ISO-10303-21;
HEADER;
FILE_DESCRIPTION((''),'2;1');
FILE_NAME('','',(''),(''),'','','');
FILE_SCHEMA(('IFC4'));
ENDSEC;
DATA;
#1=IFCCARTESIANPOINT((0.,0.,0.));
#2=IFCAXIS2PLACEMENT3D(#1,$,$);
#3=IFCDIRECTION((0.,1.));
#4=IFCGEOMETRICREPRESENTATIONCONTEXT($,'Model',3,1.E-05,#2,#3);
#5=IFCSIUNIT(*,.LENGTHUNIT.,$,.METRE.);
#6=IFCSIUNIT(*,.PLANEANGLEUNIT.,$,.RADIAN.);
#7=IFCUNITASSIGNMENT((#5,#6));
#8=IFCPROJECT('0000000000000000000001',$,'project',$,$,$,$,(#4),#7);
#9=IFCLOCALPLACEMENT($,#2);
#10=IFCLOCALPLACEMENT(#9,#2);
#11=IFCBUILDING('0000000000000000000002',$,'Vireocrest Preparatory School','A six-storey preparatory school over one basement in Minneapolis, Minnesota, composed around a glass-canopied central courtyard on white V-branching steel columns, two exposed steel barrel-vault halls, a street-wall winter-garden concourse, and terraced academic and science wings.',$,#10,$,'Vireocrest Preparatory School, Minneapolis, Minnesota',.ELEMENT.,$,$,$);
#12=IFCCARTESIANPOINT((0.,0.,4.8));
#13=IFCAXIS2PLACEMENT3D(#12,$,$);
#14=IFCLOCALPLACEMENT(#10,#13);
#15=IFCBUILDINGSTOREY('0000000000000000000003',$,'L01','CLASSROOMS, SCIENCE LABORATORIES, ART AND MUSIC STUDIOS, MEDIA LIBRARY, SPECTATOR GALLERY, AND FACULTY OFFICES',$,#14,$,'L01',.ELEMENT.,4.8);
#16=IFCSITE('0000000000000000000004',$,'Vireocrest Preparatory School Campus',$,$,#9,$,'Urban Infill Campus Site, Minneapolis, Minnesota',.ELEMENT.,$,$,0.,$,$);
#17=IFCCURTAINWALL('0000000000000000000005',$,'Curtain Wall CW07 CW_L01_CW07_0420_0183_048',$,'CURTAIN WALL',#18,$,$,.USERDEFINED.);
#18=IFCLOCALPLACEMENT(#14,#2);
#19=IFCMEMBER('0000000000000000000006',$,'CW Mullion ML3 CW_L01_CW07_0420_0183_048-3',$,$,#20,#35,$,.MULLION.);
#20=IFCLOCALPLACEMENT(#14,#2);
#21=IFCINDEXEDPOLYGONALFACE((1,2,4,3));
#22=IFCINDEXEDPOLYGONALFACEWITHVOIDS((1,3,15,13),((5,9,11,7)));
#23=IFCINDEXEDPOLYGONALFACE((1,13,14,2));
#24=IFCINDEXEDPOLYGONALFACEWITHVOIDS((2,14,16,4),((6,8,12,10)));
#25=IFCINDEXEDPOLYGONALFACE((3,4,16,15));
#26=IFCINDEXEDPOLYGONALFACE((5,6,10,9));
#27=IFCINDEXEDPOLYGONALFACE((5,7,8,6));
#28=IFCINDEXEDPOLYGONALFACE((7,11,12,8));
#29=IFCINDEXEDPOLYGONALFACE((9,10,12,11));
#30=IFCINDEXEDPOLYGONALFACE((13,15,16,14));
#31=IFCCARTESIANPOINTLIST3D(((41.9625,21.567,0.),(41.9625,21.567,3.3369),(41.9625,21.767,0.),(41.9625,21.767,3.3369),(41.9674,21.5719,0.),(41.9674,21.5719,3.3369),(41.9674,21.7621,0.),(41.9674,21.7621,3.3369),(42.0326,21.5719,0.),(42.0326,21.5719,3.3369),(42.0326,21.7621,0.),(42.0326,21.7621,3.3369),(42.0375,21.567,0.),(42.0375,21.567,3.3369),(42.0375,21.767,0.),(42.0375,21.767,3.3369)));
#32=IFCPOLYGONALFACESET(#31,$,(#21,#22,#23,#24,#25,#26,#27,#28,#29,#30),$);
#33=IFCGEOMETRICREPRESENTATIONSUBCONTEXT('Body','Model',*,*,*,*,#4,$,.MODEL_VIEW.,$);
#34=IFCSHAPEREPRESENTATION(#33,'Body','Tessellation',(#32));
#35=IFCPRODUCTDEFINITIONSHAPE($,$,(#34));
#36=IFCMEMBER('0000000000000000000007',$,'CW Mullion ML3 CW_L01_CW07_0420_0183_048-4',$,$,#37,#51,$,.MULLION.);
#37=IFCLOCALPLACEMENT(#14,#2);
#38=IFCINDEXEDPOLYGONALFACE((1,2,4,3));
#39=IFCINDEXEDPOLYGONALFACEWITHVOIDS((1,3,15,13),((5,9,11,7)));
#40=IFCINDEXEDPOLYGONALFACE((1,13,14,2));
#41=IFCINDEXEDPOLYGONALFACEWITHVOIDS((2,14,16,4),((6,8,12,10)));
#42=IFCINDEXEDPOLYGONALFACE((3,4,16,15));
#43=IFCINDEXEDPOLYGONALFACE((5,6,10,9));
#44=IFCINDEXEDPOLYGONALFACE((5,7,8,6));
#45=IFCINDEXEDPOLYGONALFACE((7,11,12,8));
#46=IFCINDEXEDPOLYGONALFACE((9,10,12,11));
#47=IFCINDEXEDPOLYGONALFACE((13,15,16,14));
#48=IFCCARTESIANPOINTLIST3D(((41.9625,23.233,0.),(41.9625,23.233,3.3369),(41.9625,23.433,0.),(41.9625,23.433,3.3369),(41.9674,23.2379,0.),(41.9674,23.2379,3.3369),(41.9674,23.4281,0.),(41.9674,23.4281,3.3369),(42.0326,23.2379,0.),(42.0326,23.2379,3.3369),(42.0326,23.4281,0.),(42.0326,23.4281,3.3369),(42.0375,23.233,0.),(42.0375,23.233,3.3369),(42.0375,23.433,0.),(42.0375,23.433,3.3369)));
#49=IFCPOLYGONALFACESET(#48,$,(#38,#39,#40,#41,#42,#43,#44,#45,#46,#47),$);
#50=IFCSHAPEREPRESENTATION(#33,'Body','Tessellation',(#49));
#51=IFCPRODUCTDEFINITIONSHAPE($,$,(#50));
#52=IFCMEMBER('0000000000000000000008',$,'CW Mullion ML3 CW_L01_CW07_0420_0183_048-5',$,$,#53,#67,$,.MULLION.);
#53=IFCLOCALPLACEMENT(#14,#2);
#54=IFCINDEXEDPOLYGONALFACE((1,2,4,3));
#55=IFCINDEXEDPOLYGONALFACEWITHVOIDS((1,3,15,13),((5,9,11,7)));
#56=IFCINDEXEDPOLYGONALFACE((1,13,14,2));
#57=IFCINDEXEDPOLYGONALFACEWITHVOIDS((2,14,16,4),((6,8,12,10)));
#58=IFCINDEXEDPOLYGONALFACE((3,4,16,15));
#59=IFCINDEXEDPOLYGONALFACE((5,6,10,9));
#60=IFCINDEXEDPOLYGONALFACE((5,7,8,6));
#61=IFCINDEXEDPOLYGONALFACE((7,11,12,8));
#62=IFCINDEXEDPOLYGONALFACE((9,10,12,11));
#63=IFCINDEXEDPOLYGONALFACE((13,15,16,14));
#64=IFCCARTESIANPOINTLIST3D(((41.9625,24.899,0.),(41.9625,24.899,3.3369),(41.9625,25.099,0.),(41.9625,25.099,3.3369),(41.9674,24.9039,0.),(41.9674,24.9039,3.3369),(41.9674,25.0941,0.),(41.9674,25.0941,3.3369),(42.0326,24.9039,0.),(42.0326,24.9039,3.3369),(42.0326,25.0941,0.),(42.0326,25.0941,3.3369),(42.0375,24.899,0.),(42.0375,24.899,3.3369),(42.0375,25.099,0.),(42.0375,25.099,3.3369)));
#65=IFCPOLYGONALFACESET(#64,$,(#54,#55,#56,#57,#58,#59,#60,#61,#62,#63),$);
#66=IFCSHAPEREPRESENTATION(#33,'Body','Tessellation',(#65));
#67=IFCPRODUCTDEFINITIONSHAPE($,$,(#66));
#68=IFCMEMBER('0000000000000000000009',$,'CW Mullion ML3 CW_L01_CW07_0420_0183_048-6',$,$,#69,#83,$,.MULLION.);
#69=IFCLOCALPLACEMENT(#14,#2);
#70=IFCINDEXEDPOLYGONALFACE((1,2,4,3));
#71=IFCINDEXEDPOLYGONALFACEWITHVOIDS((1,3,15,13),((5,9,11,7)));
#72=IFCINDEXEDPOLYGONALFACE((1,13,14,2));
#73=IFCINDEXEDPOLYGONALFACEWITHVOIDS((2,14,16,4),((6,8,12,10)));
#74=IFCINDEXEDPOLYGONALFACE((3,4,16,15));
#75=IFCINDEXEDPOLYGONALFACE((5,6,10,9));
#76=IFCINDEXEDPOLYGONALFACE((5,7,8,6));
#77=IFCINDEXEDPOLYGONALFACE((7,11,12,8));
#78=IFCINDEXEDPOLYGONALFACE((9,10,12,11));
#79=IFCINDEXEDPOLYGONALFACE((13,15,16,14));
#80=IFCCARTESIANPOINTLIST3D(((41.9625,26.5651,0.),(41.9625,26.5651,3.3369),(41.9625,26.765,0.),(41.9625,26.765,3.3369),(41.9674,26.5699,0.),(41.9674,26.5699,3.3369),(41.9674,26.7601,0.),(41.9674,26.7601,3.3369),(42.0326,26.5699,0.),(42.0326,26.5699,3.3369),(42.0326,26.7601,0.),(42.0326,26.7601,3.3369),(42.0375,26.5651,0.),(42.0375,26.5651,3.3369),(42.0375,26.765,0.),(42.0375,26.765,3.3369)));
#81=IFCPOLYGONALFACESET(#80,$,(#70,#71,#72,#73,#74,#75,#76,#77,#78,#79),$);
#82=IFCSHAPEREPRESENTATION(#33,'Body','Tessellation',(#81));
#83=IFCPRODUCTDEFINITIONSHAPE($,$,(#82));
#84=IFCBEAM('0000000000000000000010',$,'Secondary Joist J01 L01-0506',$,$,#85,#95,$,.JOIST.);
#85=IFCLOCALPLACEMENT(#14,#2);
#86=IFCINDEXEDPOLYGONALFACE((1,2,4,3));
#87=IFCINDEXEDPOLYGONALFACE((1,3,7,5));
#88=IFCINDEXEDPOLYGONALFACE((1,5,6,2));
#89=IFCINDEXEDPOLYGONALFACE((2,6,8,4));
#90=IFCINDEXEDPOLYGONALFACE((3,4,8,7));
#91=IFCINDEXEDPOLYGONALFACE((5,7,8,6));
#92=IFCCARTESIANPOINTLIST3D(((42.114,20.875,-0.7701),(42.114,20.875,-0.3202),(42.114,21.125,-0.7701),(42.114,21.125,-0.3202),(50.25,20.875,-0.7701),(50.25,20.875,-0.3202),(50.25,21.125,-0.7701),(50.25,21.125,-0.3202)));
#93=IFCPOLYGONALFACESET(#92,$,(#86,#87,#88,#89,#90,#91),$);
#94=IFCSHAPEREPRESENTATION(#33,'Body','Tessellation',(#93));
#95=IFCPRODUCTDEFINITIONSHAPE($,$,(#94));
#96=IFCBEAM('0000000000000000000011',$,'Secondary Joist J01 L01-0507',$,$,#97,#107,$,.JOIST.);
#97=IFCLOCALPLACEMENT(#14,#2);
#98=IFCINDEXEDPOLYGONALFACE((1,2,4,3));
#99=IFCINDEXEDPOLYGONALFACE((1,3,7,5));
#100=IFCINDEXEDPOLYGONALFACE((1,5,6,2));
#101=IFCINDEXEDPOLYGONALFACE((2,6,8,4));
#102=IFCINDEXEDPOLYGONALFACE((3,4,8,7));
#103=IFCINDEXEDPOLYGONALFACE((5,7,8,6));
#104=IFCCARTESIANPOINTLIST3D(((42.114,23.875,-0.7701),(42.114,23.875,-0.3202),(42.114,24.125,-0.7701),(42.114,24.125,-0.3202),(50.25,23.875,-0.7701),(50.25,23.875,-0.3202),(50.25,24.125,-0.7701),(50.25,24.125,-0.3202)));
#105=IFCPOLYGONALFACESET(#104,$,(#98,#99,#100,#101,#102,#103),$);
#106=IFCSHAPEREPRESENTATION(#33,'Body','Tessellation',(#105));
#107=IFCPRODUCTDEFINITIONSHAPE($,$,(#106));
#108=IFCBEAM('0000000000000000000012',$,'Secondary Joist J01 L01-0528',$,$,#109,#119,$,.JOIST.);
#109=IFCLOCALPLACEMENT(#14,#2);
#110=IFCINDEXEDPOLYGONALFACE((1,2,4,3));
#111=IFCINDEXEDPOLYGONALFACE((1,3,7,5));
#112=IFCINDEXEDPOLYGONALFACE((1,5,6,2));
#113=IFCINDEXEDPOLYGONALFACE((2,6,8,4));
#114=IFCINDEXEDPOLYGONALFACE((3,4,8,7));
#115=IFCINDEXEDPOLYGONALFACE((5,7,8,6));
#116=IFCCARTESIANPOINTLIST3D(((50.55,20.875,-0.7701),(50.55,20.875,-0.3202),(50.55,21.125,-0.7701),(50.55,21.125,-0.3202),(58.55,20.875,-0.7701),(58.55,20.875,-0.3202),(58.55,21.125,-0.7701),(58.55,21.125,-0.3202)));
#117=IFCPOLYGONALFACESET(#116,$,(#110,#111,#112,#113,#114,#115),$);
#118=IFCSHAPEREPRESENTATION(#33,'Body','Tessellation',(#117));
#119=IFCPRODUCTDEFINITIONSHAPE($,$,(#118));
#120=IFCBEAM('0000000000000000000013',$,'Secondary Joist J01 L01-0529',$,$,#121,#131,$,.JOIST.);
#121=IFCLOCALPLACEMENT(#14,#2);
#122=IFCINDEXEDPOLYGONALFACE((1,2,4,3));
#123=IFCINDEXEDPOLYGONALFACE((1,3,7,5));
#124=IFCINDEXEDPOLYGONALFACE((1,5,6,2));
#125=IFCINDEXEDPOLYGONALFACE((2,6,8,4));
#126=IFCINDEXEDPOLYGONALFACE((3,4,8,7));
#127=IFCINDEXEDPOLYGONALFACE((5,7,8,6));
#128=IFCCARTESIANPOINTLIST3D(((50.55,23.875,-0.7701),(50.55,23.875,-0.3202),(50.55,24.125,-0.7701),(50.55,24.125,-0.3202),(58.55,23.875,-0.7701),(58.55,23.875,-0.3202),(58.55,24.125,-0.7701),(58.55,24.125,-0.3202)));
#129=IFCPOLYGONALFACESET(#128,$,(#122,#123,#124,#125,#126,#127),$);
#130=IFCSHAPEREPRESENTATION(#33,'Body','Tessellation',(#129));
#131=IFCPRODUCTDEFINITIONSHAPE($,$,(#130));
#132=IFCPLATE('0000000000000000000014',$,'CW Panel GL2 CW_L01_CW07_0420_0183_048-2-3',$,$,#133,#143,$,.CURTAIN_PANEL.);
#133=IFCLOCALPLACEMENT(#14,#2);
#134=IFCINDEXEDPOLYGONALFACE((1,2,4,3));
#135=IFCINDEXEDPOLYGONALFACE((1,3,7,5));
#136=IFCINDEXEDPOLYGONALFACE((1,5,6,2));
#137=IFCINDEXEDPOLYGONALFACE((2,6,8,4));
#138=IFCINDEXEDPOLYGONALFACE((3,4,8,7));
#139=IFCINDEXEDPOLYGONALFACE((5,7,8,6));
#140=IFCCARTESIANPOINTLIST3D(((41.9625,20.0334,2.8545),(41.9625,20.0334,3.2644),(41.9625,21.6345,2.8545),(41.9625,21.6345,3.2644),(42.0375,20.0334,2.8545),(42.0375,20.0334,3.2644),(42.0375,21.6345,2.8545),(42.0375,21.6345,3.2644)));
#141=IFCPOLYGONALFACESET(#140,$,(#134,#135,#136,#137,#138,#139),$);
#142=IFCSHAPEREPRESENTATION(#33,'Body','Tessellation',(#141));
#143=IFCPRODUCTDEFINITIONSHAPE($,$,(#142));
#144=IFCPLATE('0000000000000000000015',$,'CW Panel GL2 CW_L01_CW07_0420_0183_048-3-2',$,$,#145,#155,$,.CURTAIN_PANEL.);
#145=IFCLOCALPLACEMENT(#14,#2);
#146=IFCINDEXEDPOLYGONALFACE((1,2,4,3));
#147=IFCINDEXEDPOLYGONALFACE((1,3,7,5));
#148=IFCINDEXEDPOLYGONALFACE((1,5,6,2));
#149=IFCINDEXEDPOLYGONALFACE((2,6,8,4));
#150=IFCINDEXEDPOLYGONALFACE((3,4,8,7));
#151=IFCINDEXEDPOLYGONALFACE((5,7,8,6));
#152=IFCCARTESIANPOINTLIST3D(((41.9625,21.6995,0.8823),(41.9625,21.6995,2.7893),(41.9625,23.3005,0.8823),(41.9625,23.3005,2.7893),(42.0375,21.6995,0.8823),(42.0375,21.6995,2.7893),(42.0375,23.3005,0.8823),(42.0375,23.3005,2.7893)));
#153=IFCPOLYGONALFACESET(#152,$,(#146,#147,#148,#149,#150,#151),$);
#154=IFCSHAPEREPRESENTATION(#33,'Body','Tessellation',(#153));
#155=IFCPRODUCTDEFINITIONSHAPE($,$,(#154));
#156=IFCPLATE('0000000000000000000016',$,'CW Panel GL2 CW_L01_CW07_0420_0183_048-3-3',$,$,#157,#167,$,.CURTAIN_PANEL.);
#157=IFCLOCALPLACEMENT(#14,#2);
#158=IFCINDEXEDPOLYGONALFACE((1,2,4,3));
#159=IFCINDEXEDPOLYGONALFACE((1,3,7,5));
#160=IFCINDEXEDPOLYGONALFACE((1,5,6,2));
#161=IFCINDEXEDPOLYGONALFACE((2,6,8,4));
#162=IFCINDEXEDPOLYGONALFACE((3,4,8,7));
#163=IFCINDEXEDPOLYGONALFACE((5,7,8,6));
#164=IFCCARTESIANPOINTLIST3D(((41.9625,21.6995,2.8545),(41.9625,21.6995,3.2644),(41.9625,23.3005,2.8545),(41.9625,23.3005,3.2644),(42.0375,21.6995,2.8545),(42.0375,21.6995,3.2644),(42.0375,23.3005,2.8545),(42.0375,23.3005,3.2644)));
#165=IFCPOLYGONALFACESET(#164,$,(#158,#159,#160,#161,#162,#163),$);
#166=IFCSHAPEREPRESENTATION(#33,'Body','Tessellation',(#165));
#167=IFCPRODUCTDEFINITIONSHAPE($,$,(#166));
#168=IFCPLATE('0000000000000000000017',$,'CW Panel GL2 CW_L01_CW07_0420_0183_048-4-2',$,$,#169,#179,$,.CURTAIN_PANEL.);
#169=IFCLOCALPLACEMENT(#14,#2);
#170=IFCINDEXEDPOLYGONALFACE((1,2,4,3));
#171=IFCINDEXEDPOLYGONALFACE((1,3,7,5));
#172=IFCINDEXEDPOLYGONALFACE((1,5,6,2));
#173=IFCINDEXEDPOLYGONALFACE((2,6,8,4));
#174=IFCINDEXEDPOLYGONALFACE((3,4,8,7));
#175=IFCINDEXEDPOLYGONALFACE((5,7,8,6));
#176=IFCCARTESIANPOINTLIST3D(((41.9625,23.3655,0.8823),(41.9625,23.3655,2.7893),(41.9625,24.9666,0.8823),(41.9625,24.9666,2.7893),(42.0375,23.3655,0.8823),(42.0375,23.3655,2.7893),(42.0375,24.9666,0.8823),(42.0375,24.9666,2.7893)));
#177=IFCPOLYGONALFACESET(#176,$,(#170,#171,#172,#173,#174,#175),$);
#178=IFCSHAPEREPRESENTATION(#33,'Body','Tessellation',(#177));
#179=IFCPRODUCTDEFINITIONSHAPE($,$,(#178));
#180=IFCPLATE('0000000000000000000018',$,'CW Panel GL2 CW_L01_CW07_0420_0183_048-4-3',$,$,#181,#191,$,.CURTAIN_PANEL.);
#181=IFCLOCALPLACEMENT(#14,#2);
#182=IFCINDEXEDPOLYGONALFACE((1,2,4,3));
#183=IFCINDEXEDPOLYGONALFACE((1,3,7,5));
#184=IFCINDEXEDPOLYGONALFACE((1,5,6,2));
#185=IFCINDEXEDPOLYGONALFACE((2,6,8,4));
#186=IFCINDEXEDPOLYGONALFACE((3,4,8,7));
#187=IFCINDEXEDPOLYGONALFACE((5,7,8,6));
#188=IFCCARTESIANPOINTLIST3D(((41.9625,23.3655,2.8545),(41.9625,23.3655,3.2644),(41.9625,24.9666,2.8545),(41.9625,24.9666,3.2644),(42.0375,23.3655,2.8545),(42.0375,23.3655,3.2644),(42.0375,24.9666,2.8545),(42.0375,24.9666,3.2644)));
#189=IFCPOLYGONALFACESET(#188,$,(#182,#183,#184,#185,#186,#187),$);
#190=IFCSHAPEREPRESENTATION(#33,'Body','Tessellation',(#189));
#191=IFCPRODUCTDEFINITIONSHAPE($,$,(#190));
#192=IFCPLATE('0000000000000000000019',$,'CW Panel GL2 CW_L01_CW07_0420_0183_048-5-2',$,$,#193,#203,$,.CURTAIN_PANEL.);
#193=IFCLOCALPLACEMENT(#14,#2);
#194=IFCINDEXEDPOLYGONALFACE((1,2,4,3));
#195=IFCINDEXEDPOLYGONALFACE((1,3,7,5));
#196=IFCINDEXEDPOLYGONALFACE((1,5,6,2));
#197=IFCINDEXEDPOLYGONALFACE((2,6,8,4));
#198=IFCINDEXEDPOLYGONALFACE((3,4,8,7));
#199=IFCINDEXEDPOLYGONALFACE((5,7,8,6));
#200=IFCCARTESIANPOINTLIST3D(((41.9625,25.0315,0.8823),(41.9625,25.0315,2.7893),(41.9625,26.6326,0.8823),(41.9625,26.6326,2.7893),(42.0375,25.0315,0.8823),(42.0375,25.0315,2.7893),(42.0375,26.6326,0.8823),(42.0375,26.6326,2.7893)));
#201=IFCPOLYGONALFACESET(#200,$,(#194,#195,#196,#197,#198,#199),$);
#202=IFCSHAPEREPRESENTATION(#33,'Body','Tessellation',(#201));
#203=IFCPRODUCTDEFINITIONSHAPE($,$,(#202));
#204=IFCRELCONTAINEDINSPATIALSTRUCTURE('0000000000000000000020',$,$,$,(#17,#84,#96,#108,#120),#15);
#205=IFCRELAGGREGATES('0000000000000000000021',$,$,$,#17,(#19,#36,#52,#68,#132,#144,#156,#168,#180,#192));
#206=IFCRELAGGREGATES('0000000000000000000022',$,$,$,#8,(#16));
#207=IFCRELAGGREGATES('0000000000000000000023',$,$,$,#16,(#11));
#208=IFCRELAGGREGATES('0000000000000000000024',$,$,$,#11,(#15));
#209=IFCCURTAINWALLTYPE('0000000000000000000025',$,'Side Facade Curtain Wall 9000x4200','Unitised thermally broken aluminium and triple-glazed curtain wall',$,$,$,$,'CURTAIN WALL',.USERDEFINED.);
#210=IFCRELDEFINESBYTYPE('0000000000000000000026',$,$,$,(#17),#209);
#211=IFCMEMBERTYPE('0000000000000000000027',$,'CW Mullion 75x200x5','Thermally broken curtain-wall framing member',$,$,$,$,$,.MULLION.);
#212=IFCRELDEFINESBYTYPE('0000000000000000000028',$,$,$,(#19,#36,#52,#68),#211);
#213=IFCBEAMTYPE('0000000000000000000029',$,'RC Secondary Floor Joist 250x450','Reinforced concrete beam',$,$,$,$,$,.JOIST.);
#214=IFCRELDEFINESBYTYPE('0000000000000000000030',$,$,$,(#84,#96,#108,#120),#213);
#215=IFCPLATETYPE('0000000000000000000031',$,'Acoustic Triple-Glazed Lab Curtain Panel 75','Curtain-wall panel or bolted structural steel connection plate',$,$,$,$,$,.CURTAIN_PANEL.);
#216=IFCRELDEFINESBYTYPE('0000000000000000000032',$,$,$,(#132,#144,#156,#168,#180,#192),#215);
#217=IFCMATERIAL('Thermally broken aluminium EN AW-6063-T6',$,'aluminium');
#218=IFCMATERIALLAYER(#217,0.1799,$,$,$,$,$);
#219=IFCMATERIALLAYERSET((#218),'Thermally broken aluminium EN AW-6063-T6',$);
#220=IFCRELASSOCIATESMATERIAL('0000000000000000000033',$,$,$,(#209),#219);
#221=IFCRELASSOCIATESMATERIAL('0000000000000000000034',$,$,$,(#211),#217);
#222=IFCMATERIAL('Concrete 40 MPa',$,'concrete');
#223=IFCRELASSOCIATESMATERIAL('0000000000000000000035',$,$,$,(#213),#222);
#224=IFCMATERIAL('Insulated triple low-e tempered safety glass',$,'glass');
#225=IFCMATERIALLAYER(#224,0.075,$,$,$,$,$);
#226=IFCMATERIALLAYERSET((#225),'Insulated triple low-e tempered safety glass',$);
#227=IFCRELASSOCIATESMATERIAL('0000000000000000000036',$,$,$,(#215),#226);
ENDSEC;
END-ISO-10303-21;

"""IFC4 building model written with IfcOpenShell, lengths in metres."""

from ifc_helpers import new_model, si_unit, direction, frame, origin, origin_2d, place, context, subcontext, project, spatial, rectangle, hollow_rectangle, extrude, material, layer, layer_set, material_profile, profile_set, type_object, element, aggregate, save


model = new_model("IFC4")

# Units and contexts
model_context = context("Model", 3, precision=1e-05, world=origin(), true_north=direction((0.0, 1.0)))
body_context = subcontext(model_context, "Body", "Model", "MODEL_VIEW")
ifc_project = project(units=[si_unit("LENGTHUNIT", "METRE"), si_unit("PLANEANGLEUNIT", "RADIAN")], contexts=[model_context])

# Site, building, storey
site_placement = place(None, origin())
site = spatial("IfcSite", under=ifc_project, at=site_placement, Name="Vireocrest Preparatory School Campus", LongName="Urban Infill Campus Site, Minneapolis, Minnesota", CompositionType="ELEMENT", RefElevation=0.0)
building_placement = place(site_placement, origin())
building = spatial("IfcBuilding", under=site, at=building_placement, Name="Vireocrest Preparatory School", Description="A six-storey preparatory school over one basement in Minneapolis, Minnesota, composed around a glass-canopied central courtyard on white V-branching steel columns, two exposed steel barrel-vault halls, a street-wall winter-garden concourse, and terraced academic and science wings.", LongName="Vireocrest Preparatory School, Minneapolis, Minnesota", CompositionType="ELEMENT")
storey_placement = place(building_placement, frame((0.0, 0.0, 4.8)))
storey = spatial("IfcBuildingStorey", under=building, at=storey_placement, Name="L01", Description="CLASSROOMS, SCIENCE LABORATORIES, ART AND MUSIC STUDIOS, MEDIA LIBRARY, SPECTATOR GALLERY, AND FACULTY OFFICES", LongName="L01", CompositionType="ELEMENT", Elevation=4.8)

# Curtain wall, members
ifc_material_1 = material(Name="Thermally broken aluminium EN AW-6063-T6", Category="aluminium")
ifc_layer_1 = layer(ifc_material_1, 0.1799)
ifc_layer_set_1 = layer_set([ifc_layer_1], Name="Thermally broken aluminium EN AW-6063-T6")
curtain_wall_type = type_object("IfcCurtainWallType", Name="Side Facade Curtain Wall 9000x4200", Description="Unitised thermally broken aluminium and triple-glazed curtain wall", ElementType="CURTAIN WALL", PredefinedType="USERDEFINED", material=ifc_layer_set_1)
curtain_wall_placement = place(storey_placement, origin())
curtain_wall = element("IfcCurtainWall", 1, at=curtain_wall_placement, inside=storey, type_object=curtain_wall_type, Name="Curtain Wall CW07 CW_L01_CW07_0420_0183_048", ObjectType="CURTAIN WALL", PredefinedType="USERDEFINED")
ifc_material_profile_1 = material_profile(ifc_material_1, hollow_rectangle(XDim=0.075, YDim=0.2, WallThickness=0.0049, at=origin_2d()), Name="ALU 75x200x5")
ifc_profile_set_1 = profile_set([ifc_material_profile_1], Name="Thermally broken aluminium EN AW-6063-T6")
member_type = type_object("IfcMemberType", Name="CW Mullion 75x200x5", Description="Thermally broken curtain-wall framing member", PredefinedType="MULLION", material=ifc_profile_set_1)
member_1_placement = place(storey_placement, frame((42.0, 21.667, 0.0), z_axis=(0.0, 0.0, 1.0), x_axis=(1.0, 0.0, 0.0)))
member_1 = element("IfcMember", 2, at=member_1_placement, type_object=member_type, Name="CW Mullion ML3 CW_L01_CW07_0420_0183_048-3", PredefinedType="MULLION", context=body_context, shape_type="SweptSolid", body=[
    extrude(hollow_rectangle(XDim=0.075, YDim=0.2, WallThickness=0.0049, at=origin_2d()), origin(), (0.0, 0.0, 1.0), 3.3369),
])
member_2_placement = place(storey_placement, frame((42.0, 23.333, 0.0), z_axis=(0.0, 0.0, 1.0), x_axis=(1.0, 0.0, 0.0)))
member_2 = element("IfcMember", 3, at=member_2_placement, type_object=member_type, Name="CW Mullion ML3 CW_L01_CW07_0420_0183_048-4", PredefinedType="MULLION", context=body_context, shape_type="SweptSolid", body=[
    extrude(hollow_rectangle(XDim=0.075, YDim=0.2, WallThickness=0.0049, at=origin_2d()), origin(), (0.0, 0.0, 1.0), 3.3369),
])
member_3_placement = place(storey_placement, frame((42.0, 24.999, 0.0), z_axis=(0.0, 0.0, 1.0), x_axis=(1.0, 0.0, 0.0)))
member_3 = element("IfcMember", 4, at=member_3_placement, type_object=member_type, Name="CW Mullion ML3 CW_L01_CW07_0420_0183_048-5", PredefinedType="MULLION", context=body_context, shape_type="SweptSolid", body=[
    extrude(hollow_rectangle(XDim=0.075, YDim=0.2, WallThickness=0.0049, at=origin_2d()), origin(), (0.0, 0.0, 1.0), 3.3369),
])
member_4_placement = place(storey_placement, frame((42.0, 26.665, 0.0), z_axis=(0.0, 0.0, 1.0), x_axis=(1.0, 0.0, 0.0)))
member_4 = element("IfcMember", 5, at=member_4_placement, type_object=member_type, Name="CW Mullion ML3 CW_L01_CW07_0420_0183_048-6", PredefinedType="MULLION", context=body_context, shape_type="SweptSolid", body=[
    extrude(hollow_rectangle(XDim=0.075, YDim=0.2, WallThickness=0.0049, at=origin_2d()), origin(), (0.0, 0.0, 1.0), 3.3369),
])

# Beams
ifc_material_2 = material(Name="Concrete 40 MPa", Category="concrete")
ifc_material_profile_2 = material_profile(ifc_material_2, rectangle(XDim=0.25, YDim=0.45, at=origin_2d()), Name="RC 250x450")
ifc_profile_set_2 = profile_set([ifc_material_profile_2], Name="Concrete 40 MPa")
beam_type = type_object("IfcBeamType", Name="RC Secondary Floor Joist 250x450", Description="Reinforced concrete beam", PredefinedType="JOIST", material=ifc_profile_set_2)
for number, where, z_axis, x_axis, name in (
    (6, (42.114, 21.0, -0.5452), (1.0, 0.0, 0.0), (0.0, 1.0, 0.0), "Secondary Joist J01 L01-0506"),
    (7, (42.114, 24.0, -0.5452), (1.0, 0.0, 0.0), (0.0, 1.0, 0.0), "Secondary Joist J01 L01-0507"),
):
    element("IfcBeam", number, at=place(storey_placement, frame(where, z_axis=z_axis, x_axis=x_axis)), inside=storey, type_object=beam_type, Name=name, PredefinedType="JOIST", context=body_context, shape_type="SweptSolid", body=[
        extrude(rectangle(XDim=0.25, YDim=0.45, at=origin_2d()), origin(), (0.0, 0.0, 1.0), 8.136),
    ])
for number, where, z_axis, x_axis, name in (
    (8, (50.55, 21.0, -0.5452), (1.0, 0.0, 0.0), (0.0, 1.0, 0.0), "Secondary Joist J01 L01-0528"),
    (9, (50.55, 24.0, -0.5452), (1.0, 0.0, 0.0), (0.0, 1.0, 0.0), "Secondary Joist J01 L01-0529"),
):
    element("IfcBeam", number, at=place(storey_placement, frame(where, z_axis=z_axis, x_axis=x_axis)), inside=storey, type_object=beam_type, Name=name, PredefinedType="JOIST", context=body_context, shape_type="SweptSolid", body=[
        extrude(rectangle(XDim=0.25, YDim=0.45, at=origin_2d()), origin(), (0.0, 0.0, 1.0), 8.0),
    ])

# Plates
ifc_material_3 = material(Name="Insulated triple low-e tempered safety glass", Category="glass")
ifc_layer_2 = layer(ifc_material_3, 0.075)
ifc_layer_set_2 = layer_set([ifc_layer_2], Name="Insulated triple low-e tempered safety glass")
plate_type_1 = type_object("IfcPlateType", Name="Acoustic Triple-Glazed Lab Curtain Panel 75", Description="Curtain-wall panel or bolted structural steel connection plate", PredefinedType="CURTAIN_PANEL", material=ifc_layer_set_2)
plate_1_placement = place(storey_placement, frame((42.0, 20.834, 2.8545), z_axis=(0.0, 0.0, 1.0), x_axis=(0.0, 1.0, 0.0)))
plate_1 = element("IfcPlate", 10, at=plate_1_placement, type_object=plate_type_1, Name="CW Panel GL2 CW_L01_CW07_0420_0183_048-2-3", PredefinedType="CURTAIN_PANEL", context=body_context, shape_type="SweptSolid", body=[
    extrude(rectangle(XDim=1.6011, YDim=0.075, at=origin_2d()), origin(), (0.0, 0.0, 1.0), 0.4099),
])
plate_2_placement = place(storey_placement, frame((42.0, 22.5, 0.8823), z_axis=(0.0, 0.0, 1.0), x_axis=(0.0, 1.0, 0.0)))
plate_2 = element("IfcPlate", 11, at=plate_2_placement, type_object=plate_type_1, Name="CW Panel GL2 CW_L01_CW07_0420_0183_048-3-2", PredefinedType="CURTAIN_PANEL", context=body_context, shape_type="SweptSolid", body=[
    extrude(rectangle(XDim=1.6011, YDim=0.075, at=origin_2d()), origin(), (0.0, 0.0, 1.0), 1.907),
])
plate_3_placement = place(storey_placement, frame((42.0, 22.5, 2.8545), z_axis=(0.0, 0.0, 1.0), x_axis=(0.0, 1.0, 0.0)))
plate_3 = element("IfcPlate", 12, at=plate_3_placement, type_object=plate_type_1, Name="CW Panel GL2 CW_L01_CW07_0420_0183_048-3-3", PredefinedType="CURTAIN_PANEL", context=body_context, shape_type="SweptSolid", body=[
    extrude(rectangle(XDim=1.6011, YDim=0.075, at=origin_2d()), origin(), (0.0, 0.0, 1.0), 0.4099),
])
plate_4_placement = place(storey_placement, frame((42.0, 24.166, 0.8823), z_axis=(0.0, 0.0, 1.0), x_axis=(0.0, 1.0, 0.0)))
plate_4 = element("IfcPlate", 13, at=plate_4_placement, type_object=plate_type_1, Name="CW Panel GL2 CW_L01_CW07_0420_0183_048-4-2", PredefinedType="CURTAIN_PANEL", context=body_context, shape_type="SweptSolid", body=[
    extrude(rectangle(XDim=1.6011, YDim=0.075, at=origin_2d()), origin(), (0.0, 0.0, 1.0), 1.907),
])
plate_5_placement = place(storey_placement, frame((42.0, 24.166, 2.8545), z_axis=(0.0, 0.0, 1.0), x_axis=(0.0, 1.0, 0.0)))
plate_5 = element("IfcPlate", 14, at=plate_5_placement, type_object=plate_type_1, Name="CW Panel GL2 CW_L01_CW07_0420_0183_048-4-3", PredefinedType="CURTAIN_PANEL", context=body_context, shape_type="SweptSolid", body=[
    extrude(rectangle(XDim=1.6011, YDim=0.075, at=origin_2d()), origin(), (0.0, 0.0, 1.0), 0.4099),
])
plate_6_placement = place(storey_placement, frame((42.0, 25.832, 0.8823), z_axis=(0.0, 0.0, 1.0), x_axis=(0.0, 1.0, 0.0)))
plate_6 = element("IfcPlate", 15, at=plate_6_placement, type_object=plate_type_1, Name="CW Panel GL2 CW_L01_CW07_0420_0183_048-5-2", PredefinedType="CURTAIN_PANEL", context=body_context, shape_type="SweptSolid", body=[
    extrude(rectangle(XDim=1.6011, YDim=0.075, at=origin_2d()), origin(), (0.0, 0.0, 1.0), 1.907),
])
aggregate(curtain_wall, [member_1, member_2, member_3, member_4, plate_1, plate_2, plate_3, plate_4, plate_5, plate_6])

save(model, "model.ifc")
